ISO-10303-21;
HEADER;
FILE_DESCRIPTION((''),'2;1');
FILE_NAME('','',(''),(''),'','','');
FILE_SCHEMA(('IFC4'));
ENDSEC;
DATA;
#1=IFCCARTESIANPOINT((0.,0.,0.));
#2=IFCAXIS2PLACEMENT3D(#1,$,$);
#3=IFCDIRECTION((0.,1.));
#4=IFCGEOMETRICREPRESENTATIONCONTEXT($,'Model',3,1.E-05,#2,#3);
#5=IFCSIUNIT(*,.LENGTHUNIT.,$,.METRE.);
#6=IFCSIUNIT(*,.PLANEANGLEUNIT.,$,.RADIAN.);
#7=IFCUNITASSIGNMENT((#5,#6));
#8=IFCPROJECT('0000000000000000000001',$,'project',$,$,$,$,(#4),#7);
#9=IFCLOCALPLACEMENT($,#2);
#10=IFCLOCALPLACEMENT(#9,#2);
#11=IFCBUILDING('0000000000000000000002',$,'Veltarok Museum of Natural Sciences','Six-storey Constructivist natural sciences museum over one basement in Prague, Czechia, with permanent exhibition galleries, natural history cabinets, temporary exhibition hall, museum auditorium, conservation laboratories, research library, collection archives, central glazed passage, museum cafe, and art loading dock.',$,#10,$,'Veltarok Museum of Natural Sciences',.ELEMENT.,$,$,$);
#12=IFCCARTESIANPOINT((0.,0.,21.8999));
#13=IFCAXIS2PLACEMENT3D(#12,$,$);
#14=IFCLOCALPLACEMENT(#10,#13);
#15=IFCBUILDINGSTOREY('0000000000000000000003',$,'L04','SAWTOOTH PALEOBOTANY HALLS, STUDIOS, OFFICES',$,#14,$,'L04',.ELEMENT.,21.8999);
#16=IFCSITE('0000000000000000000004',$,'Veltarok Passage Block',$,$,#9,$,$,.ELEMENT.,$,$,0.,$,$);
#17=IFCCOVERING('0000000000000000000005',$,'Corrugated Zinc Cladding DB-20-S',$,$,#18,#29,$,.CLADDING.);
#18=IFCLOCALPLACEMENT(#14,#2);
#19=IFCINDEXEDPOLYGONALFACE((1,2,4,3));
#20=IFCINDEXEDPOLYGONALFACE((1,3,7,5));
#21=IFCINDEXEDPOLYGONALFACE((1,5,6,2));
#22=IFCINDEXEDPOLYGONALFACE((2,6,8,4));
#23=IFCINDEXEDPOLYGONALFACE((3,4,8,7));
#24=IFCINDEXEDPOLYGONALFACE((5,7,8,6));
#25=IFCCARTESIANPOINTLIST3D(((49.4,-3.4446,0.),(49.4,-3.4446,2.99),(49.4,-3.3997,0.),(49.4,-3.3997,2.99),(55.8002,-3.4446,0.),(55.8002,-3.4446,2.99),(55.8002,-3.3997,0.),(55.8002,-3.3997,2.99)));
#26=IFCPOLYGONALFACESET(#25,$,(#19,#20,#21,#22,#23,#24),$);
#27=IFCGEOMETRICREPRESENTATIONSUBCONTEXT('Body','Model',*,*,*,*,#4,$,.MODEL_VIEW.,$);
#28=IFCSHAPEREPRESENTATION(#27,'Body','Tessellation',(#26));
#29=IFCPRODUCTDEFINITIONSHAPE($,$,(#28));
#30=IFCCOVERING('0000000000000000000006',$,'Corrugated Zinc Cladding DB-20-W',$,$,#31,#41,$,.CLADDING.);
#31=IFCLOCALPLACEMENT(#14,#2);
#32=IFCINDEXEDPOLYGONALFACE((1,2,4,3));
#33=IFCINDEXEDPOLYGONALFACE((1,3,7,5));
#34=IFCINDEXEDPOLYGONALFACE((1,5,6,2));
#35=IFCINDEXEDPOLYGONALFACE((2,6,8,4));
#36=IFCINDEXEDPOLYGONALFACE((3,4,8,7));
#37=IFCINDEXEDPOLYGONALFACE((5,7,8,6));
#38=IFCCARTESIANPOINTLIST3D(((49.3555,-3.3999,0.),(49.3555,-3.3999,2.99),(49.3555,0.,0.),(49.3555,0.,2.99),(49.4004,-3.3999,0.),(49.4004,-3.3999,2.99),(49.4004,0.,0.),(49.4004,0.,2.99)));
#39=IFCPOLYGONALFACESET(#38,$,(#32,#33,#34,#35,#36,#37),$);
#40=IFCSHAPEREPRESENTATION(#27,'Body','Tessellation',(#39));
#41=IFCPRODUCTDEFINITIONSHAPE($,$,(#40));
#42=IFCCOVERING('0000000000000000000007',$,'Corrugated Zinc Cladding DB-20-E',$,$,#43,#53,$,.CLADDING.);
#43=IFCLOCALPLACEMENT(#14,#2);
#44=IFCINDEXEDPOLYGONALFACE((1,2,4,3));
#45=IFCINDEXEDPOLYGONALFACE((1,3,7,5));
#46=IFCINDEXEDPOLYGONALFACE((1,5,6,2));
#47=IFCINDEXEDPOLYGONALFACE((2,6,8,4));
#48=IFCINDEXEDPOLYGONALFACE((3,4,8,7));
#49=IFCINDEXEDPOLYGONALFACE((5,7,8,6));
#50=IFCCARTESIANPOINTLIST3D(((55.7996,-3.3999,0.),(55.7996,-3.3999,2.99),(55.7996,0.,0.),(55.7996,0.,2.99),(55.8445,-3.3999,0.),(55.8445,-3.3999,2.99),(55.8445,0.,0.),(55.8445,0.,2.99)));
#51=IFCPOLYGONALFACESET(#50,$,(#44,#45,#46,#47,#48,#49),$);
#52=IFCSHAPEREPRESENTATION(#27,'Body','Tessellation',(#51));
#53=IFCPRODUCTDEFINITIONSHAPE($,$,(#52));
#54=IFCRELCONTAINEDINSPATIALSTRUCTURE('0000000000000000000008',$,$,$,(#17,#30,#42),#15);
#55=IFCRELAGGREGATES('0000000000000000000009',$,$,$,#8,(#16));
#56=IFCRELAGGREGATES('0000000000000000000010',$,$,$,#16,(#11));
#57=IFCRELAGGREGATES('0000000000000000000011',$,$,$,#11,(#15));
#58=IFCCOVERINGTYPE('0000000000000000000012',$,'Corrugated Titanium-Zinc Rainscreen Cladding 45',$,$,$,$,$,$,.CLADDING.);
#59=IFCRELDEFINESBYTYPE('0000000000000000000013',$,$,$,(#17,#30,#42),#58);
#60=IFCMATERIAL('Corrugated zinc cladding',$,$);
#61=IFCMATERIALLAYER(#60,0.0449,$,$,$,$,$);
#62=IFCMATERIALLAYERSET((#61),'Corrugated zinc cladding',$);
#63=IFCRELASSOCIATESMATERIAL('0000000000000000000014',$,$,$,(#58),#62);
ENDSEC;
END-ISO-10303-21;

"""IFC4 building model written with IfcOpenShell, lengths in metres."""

from ifc_helpers import new_model, si_unit, direction, frame, frame_2d, origin, place, context, subcontext, project, spatial, rectangle, extrude, material, layer, layer_set, type_object, element, save


model = new_model("IFC4")

# Units and contexts
model_context = context("Model", 3, precision=1e-05, world=origin(), true_north=direction((0.0, 1.0)))
body_context = subcontext(model_context, "Body", "Model", "MODEL_VIEW")
ifc_project = project(units=[si_unit("LENGTHUNIT", "METRE"), si_unit("PLANEANGLEUNIT", "RADIAN")], contexts=[model_context])

# Site, building, storey
site_placement = place(None, origin())
site = spatial("IfcSite", under=ifc_project, at=site_placement, Name="Veltarok Passage Block", CompositionType="ELEMENT", RefElevation=0.0)
building_placement = place(site_placement, origin())
building = spatial("IfcBuilding", under=site, at=building_placement, Name="Veltarok Museum of Natural Sciences", Description="Six-storey Constructivist natural sciences museum over one basement in Prague, Czechia, with permanent exhibition galleries, natural history cabinets, temporary exhibition hall, museum auditorium, conservation laboratories, research library, collection archives, central glazed passage, museum cafe, and art loading dock.", LongName="Veltarok Museum of Natural Sciences", CompositionType="ELEMENT")
storey_placement = place(building_placement, frame((0.0, 0.0, 21.8999)))
storey = spatial("IfcBuildingStorey", under=building, at=storey_placement, Name="L04", Description="SAWTOOTH PALEOBOTANY HALLS, STUDIOS, OFFICES", LongName="L04", CompositionType="ELEMENT", Elevation=21.8999)

# Coverings
ifc_material_1 = material(Name="Corrugated zinc cladding")
ifc_layer_1 = layer(ifc_material_1, 0.0449)
ifc_layer_set_1 = layer_set([ifc_layer_1], Name="Corrugated zinc cladding")
covering_type = type_object("IfcCoveringType", Name="Corrugated Titanium-Zinc Rainscreen Cladding 45", PredefinedType="CLADDING", material=ifc_layer_set_1)
covering_placement = place(storey_placement, frame((49.3999, -3.4221, 0.0), z_axis=(0.0, 0.0, 1.0), x_axis=(1.0, 0.0, 0.0)))
element("IfcCovering", 1, at=covering_placement, inside=storey, type_object=covering_type, Name="Corrugated Zinc Cladding DB-20-S", PredefinedType="CLADDING", context=body_context, shape_type="SweptSolid", body=[
    extrude(rectangle(XDim=6.4001, YDim=0.0449, at=frame_2d((3.2002, 0.0))), origin(), (0.0, 0.0, 1.0), 2.99),
])
for number, where, z_axis, x_axis, name in (
    (2, (49.3779, 0.0, 0.0), (0.0, 0.0, 1.0), (0.0, -1.0, 0.0), "Corrugated Zinc Cladding DB-20-W"),
    (3, (55.822, -3.3999, 0.0), (0.0, 0.0, 1.0), (0.0, 1.0, 0.0), "Corrugated Zinc Cladding DB-20-E"),
):
    element("IfcCovering", number, at=place(storey_placement, frame(where, z_axis=z_axis, x_axis=x_axis)), inside=storey, type_object=covering_type, Name=name, PredefinedType="CLADDING", context=body_context, shape_type="SweptSolid", body=[
        extrude(rectangle(XDim=3.3999, YDim=0.0449, at=frame_2d((1.7, 0.0))), origin(), (0.0, 0.0, 1.0), 2.99),
    ])

save(model, "model.ifc")
